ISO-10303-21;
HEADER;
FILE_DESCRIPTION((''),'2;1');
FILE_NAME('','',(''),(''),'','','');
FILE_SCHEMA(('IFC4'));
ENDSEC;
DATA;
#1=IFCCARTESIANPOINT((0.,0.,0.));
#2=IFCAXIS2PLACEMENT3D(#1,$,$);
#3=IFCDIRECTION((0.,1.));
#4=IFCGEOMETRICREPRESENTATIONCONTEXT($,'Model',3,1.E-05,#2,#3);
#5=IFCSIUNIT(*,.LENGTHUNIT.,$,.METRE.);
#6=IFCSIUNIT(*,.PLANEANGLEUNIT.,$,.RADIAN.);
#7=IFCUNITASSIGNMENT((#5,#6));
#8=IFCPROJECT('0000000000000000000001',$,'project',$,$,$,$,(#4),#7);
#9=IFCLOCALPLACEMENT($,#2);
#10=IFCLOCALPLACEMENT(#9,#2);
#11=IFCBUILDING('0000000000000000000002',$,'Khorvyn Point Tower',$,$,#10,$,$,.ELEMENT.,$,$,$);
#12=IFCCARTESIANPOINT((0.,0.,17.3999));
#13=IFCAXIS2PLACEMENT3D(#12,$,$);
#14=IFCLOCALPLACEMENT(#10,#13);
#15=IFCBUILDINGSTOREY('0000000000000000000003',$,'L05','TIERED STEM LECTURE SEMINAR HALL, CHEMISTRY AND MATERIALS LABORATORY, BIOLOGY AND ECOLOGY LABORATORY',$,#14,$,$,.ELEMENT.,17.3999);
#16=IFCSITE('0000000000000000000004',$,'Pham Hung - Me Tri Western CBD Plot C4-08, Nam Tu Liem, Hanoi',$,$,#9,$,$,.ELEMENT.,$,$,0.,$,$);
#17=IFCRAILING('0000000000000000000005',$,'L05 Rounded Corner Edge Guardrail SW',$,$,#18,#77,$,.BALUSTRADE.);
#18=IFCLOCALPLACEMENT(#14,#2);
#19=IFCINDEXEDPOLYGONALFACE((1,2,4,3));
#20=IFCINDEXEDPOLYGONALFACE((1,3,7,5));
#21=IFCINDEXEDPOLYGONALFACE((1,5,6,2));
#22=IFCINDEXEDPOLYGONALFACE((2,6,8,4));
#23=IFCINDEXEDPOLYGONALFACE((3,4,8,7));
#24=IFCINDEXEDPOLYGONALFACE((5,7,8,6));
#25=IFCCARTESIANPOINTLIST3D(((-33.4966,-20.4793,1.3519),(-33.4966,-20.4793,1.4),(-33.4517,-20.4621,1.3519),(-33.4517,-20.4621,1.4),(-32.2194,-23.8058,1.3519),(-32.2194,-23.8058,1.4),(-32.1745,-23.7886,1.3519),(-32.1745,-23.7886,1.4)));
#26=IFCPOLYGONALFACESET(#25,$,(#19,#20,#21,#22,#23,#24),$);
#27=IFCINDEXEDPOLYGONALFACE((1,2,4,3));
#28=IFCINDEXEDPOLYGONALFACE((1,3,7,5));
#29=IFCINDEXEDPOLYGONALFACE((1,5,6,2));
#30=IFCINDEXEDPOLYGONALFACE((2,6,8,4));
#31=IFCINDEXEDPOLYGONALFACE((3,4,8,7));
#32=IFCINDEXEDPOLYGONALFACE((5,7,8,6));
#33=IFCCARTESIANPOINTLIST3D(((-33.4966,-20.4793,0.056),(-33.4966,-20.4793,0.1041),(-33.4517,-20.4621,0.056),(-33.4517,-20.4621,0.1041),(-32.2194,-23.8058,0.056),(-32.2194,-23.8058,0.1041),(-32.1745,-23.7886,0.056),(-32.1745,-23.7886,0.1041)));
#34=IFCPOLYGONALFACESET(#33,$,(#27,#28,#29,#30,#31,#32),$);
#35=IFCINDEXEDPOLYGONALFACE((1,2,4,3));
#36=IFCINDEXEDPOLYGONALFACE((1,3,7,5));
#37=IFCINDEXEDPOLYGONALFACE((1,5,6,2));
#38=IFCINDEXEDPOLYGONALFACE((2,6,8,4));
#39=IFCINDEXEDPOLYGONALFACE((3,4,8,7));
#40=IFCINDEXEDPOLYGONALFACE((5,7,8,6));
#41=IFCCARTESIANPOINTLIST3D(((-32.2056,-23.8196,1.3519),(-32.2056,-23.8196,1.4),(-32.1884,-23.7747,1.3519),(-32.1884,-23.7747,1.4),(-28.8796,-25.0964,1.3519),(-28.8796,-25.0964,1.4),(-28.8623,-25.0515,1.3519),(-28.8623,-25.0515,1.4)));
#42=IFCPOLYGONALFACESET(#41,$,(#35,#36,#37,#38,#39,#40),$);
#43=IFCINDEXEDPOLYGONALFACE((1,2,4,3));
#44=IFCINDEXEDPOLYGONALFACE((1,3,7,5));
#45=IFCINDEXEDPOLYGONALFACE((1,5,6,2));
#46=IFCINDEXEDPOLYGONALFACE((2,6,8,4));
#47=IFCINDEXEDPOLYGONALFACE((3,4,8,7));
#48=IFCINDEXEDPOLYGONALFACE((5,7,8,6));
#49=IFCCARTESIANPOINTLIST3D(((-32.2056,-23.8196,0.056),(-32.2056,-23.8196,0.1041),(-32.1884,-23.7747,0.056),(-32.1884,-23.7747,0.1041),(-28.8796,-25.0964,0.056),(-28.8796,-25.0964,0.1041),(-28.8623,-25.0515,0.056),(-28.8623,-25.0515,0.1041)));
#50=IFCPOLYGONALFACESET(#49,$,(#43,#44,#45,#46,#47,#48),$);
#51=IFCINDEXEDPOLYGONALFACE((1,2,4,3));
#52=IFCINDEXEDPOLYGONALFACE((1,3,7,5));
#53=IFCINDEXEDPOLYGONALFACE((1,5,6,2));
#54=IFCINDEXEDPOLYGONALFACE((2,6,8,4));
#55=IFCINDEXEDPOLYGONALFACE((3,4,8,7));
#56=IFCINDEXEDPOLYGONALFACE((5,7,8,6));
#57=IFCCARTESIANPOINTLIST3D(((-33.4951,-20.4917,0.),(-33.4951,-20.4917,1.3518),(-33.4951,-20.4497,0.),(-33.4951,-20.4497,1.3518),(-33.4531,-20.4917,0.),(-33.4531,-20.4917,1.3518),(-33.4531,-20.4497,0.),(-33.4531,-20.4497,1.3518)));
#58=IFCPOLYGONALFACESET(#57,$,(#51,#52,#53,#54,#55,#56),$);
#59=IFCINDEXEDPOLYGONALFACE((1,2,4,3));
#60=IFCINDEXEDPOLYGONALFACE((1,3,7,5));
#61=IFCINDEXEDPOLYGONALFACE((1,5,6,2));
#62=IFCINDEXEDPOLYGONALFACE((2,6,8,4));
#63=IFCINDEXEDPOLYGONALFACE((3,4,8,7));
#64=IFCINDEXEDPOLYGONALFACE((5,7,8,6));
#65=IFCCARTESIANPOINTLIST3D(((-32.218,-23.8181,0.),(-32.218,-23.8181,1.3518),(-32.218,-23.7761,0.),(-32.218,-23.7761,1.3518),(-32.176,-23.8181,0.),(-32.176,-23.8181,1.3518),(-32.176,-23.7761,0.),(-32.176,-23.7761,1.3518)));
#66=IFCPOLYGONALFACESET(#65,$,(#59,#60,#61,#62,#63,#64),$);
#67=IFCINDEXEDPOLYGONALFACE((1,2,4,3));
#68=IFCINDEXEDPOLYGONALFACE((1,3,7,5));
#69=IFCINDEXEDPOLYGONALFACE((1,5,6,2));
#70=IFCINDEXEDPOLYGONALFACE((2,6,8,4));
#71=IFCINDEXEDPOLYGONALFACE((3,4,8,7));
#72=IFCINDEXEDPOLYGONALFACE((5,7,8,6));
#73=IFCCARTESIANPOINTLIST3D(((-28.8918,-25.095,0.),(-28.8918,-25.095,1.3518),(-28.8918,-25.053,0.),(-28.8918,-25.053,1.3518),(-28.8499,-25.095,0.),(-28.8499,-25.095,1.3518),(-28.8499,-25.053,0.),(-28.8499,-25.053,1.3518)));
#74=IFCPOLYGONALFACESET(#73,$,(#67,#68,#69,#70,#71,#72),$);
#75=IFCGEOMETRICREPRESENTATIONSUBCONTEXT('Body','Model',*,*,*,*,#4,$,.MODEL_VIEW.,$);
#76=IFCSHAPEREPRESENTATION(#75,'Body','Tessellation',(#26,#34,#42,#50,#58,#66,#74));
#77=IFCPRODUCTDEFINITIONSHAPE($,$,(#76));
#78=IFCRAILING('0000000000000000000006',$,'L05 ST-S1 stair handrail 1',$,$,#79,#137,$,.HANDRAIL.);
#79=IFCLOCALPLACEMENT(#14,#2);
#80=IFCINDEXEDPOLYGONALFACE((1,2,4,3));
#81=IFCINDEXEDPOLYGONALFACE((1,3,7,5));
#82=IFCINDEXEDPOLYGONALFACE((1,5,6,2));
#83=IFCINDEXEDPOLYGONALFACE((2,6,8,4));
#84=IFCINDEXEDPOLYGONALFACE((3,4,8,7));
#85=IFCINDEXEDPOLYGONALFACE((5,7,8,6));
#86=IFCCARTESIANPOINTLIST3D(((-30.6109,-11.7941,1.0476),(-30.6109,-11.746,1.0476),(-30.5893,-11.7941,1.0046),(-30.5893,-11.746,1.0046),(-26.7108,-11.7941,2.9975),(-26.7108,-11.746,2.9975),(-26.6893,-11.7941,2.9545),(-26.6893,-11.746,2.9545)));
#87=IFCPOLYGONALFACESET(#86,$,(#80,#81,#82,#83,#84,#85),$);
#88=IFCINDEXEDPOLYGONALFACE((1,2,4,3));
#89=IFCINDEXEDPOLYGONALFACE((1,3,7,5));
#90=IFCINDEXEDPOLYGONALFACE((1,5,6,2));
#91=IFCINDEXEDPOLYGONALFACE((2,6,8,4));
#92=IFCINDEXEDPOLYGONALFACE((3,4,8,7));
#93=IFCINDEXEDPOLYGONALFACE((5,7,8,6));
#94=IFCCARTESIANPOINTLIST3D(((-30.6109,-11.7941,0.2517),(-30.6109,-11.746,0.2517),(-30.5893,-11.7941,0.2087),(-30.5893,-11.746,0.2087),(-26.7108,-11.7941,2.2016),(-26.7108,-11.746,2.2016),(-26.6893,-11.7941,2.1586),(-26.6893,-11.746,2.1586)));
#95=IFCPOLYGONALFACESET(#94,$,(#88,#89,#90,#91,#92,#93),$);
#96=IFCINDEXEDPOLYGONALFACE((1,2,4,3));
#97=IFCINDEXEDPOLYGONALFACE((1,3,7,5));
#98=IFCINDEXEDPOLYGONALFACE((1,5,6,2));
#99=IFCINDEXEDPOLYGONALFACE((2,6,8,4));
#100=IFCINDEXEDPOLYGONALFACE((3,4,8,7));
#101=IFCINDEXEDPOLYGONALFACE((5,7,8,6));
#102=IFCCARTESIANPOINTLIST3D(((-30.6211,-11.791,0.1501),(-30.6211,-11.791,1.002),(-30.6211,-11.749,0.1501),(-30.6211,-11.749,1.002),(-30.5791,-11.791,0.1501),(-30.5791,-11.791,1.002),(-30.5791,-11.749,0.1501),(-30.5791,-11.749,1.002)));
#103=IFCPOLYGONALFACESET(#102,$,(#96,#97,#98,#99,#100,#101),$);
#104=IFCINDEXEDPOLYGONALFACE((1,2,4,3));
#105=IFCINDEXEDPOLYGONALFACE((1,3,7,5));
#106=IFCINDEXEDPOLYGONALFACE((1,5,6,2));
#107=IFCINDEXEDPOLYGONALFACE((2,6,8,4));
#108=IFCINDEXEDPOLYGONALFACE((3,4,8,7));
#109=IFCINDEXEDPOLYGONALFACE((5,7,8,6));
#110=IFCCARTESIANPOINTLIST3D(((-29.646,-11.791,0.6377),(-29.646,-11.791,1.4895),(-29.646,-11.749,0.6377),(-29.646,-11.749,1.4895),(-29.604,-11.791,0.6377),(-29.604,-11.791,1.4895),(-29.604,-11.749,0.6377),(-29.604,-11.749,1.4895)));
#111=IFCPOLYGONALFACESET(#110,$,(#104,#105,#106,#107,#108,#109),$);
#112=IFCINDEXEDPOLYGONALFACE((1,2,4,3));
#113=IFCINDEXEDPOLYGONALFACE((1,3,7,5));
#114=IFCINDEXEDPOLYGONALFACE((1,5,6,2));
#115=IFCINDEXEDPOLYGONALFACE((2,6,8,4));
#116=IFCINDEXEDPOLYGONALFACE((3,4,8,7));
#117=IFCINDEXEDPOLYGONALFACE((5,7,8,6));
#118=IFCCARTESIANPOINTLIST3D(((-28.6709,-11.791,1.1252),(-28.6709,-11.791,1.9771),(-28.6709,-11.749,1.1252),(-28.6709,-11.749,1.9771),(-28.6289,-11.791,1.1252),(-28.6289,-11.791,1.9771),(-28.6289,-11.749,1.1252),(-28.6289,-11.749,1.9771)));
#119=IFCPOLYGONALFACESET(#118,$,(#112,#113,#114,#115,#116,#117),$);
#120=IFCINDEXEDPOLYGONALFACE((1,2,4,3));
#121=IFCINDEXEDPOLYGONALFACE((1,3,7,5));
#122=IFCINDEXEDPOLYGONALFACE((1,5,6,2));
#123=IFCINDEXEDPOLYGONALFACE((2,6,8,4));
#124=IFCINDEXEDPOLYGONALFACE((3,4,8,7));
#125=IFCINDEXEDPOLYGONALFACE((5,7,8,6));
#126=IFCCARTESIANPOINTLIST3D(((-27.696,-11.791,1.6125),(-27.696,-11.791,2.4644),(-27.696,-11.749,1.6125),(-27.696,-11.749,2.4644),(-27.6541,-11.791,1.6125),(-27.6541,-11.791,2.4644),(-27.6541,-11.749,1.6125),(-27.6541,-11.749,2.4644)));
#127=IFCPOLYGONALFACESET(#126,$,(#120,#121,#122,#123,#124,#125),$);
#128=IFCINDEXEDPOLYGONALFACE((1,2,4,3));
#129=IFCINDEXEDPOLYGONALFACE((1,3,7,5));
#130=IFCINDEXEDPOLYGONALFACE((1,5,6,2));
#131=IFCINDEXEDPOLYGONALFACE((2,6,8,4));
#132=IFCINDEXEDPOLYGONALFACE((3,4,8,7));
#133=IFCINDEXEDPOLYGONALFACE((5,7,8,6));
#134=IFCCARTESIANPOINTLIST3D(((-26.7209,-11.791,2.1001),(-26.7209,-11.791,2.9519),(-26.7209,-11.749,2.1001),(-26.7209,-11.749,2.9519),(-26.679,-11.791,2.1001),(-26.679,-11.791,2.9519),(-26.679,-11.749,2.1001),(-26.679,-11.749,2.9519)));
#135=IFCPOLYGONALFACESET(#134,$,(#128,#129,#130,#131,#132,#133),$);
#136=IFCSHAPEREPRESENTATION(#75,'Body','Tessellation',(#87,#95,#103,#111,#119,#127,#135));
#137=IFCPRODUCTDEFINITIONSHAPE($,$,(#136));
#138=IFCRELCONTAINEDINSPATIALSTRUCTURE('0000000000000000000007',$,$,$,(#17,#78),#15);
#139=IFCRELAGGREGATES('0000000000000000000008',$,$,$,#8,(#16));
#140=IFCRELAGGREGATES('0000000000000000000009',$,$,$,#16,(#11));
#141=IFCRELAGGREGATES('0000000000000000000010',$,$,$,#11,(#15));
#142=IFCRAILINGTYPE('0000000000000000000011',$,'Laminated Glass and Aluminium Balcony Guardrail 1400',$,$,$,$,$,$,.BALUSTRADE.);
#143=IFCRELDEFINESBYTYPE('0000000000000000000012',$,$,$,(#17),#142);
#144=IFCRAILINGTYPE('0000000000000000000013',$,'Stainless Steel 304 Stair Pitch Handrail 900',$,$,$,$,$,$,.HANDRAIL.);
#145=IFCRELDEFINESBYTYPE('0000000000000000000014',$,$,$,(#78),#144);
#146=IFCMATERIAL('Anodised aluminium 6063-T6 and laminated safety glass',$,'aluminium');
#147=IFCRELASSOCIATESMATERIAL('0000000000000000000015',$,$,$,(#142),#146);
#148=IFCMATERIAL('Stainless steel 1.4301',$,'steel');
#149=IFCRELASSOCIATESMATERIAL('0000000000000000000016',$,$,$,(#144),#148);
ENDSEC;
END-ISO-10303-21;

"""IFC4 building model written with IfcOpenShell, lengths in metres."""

from ifc_helpers import new_model, si_unit, direction, frame, origin, origin_2d, place, context, subcontext, project, spatial, rectangle, extrude, material, type_object, element, save


model = new_model("IFC4")

# Units and contexts
model_context = context("Model", 3, precision=1e-05, world=origin(), true_north=direction((0.0, 1.0)))
body_context = subcontext(model_context, "Body", "Model", "MODEL_VIEW")
ifc_project = project(units=[si_unit("LENGTHUNIT", "METRE"), si_unit("PLANEANGLEUNIT", "RADIAN")], contexts=[model_context])

# Site, building, storey
site_placement = place(None, origin())
site = spatial("IfcSite", under=ifc_project, at=site_placement, Name="Pham Hung - Me Tri Western CBD Plot C4-08, Nam Tu Liem, Hanoi", CompositionType="ELEMENT", RefElevation=0.0)
building_placement = place(site_placement, origin())
building = spatial("IfcBuilding", under=site, at=building_placement, Name="Khorvyn Point Tower", CompositionType="ELEMENT")
storey_placement = place(building_placement, frame((0.0, 0.0, 17.3999)))
storey = spatial("IfcBuildingStorey", under=building, at=storey_placement, Name="L05", Description="TIERED STEM LECTURE SEMINAR HALL, CHEMISTRY AND MATERIALS LABORATORY, BIOLOGY AND ECOLOGY LABORATORY", CompositionType="ELEMENT", Elevation=17.3999)

# Railings
ifc_material_1 = material(Name="Anodised aluminium 6063-T6 and laminated safety glass", Category="aluminium")
railing_type_1 = type_object("IfcRailingType", Name="Laminated Glass and Aluminium Balcony Guardrail 1400", PredefinedType="BALUSTRADE", material=ifc_material_1)
railing_1_placement = place(storey_placement, frame((-33.4741, -20.4707, 0.0)))
element("IfcRailing", 1, at=railing_1_placement, inside=storey, type_object=railing_type_1, Name="L05 Rounded Corner Edge Guardrail SW", PredefinedType="BALUSTRADE", context=body_context, shape_type="SweptSolid", body=[
    extrude(rectangle(XDim=0.0481, YDim=0.0481, at=origin_2d()), frame((0.0, 0.0, 1.376), z_axis=(0.358419, -0.933561, 0.0), x_axis=(0.933561, 0.358419, 0.0)), (0.0, 0.0, 1.0), 3.5632),
    extrude(rectangle(XDim=0.0481, YDim=0.0481, at=origin_2d()), frame((0.0, 0.0, 0.0801), z_axis=(0.358419, -0.933561, 0.0), x_axis=(0.933561, 0.358419, 0.0)), (0.0, 0.0, 1.0), 3.5632),
    extrude(rectangle(XDim=0.0481, YDim=0.0481, at=origin_2d()), frame((1.2771, -3.3264, 1.376), z_axis=(0.933575, -0.358382, 0.0), x_axis=(0.358382, 0.933575, 0.0)), (0.0, 0.0, 1.0), 3.5627),
    extrude(rectangle(XDim=0.0481, YDim=0.0481, at=origin_2d()), frame((1.2771, -3.3264, 0.0801), z_axis=(0.933575, -0.358382, 0.0), x_axis=(0.358382, 0.933575, 0.0)), (0.0, 0.0, 1.0), 3.5627),
    extrude(rectangle(XDim=0.042, YDim=0.042, at=origin_2d()), origin(), (0.0, 0.0, 1.0), 1.3518),
    extrude(rectangle(XDim=0.042, YDim=0.042, at=origin_2d()), frame((1.2771, -3.3264, 0.0)), (0.0, 0.0, 1.0), 1.3518),
    extrude(rectangle(XDim=0.042, YDim=0.042, at=origin_2d()), frame((4.6033, -4.6033, 0.0)), (0.0, 0.0, 1.0), 1.3518),
])
ifc_material_2 = material(Name="Stainless steel 1.4301", Category="steel")
railing_type_2 = type_object("IfcRailingType", Name="Stainless Steel 304 Stair Pitch Handrail 900", PredefinedType="HANDRAIL", material=ifc_material_2)
railing_2_placement = place(storey_placement, frame((-30.6001, -11.77, 0.1501)))
element("IfcRailing", 2, at=railing_2_placement, inside=storey, type_object=railing_type_2, Name="L05 ST-S1 stair handrail 1", PredefinedType="HANDRAIL", context=body_context, shape_type="SweptSolid", body=[
    extrude(rectangle(XDim=0.0481, YDim=0.0481, at=origin_2d()), frame((0.0, 0.0, 0.876), z_axis=(0.894438, 0.0, 0.447191), x_axis=(0.0, 1.0, 0.0)), (0.0, 0.0, 1.0), 4.3604),
    extrude(rectangle(XDim=0.0481, YDim=0.0481, at=origin_2d()), frame((0.0, 0.0, 0.0801), z_axis=(0.894438, 0.0, 0.447191), x_axis=(0.0, 1.0, 0.0)), (0.0, 0.0, 1.0), 4.3604),
    extrude(rectangle(XDim=0.042, YDim=0.042, at=origin_2d()), origin(), (0.0, 0.0, 1.0), 0.8518),
    extrude(rectangle(XDim=0.042, YDim=0.042, at=origin_2d()), frame((0.9751, 0.0, 0.4875)), (0.0, 0.0, 1.0), 0.8518),
    extrude(rectangle(XDim=0.042, YDim=0.042, at=origin_2d()), frame((1.9502, 0.0, 0.9751)), (0.0, 0.0, 1.0), 0.8518),
    extrude(rectangle(XDim=0.042, YDim=0.042, at=origin_2d()), frame((2.925, 0.0, 1.4624)), (0.0, 0.0, 1.0), 0.8518),
    extrude(rectangle(XDim=0.042, YDim=0.042, at=origin_2d()), frame((3.9001, 0.0, 1.95)), (0.0, 0.0, 1.0), 0.8518),
])

save(model, "model.ifc")
